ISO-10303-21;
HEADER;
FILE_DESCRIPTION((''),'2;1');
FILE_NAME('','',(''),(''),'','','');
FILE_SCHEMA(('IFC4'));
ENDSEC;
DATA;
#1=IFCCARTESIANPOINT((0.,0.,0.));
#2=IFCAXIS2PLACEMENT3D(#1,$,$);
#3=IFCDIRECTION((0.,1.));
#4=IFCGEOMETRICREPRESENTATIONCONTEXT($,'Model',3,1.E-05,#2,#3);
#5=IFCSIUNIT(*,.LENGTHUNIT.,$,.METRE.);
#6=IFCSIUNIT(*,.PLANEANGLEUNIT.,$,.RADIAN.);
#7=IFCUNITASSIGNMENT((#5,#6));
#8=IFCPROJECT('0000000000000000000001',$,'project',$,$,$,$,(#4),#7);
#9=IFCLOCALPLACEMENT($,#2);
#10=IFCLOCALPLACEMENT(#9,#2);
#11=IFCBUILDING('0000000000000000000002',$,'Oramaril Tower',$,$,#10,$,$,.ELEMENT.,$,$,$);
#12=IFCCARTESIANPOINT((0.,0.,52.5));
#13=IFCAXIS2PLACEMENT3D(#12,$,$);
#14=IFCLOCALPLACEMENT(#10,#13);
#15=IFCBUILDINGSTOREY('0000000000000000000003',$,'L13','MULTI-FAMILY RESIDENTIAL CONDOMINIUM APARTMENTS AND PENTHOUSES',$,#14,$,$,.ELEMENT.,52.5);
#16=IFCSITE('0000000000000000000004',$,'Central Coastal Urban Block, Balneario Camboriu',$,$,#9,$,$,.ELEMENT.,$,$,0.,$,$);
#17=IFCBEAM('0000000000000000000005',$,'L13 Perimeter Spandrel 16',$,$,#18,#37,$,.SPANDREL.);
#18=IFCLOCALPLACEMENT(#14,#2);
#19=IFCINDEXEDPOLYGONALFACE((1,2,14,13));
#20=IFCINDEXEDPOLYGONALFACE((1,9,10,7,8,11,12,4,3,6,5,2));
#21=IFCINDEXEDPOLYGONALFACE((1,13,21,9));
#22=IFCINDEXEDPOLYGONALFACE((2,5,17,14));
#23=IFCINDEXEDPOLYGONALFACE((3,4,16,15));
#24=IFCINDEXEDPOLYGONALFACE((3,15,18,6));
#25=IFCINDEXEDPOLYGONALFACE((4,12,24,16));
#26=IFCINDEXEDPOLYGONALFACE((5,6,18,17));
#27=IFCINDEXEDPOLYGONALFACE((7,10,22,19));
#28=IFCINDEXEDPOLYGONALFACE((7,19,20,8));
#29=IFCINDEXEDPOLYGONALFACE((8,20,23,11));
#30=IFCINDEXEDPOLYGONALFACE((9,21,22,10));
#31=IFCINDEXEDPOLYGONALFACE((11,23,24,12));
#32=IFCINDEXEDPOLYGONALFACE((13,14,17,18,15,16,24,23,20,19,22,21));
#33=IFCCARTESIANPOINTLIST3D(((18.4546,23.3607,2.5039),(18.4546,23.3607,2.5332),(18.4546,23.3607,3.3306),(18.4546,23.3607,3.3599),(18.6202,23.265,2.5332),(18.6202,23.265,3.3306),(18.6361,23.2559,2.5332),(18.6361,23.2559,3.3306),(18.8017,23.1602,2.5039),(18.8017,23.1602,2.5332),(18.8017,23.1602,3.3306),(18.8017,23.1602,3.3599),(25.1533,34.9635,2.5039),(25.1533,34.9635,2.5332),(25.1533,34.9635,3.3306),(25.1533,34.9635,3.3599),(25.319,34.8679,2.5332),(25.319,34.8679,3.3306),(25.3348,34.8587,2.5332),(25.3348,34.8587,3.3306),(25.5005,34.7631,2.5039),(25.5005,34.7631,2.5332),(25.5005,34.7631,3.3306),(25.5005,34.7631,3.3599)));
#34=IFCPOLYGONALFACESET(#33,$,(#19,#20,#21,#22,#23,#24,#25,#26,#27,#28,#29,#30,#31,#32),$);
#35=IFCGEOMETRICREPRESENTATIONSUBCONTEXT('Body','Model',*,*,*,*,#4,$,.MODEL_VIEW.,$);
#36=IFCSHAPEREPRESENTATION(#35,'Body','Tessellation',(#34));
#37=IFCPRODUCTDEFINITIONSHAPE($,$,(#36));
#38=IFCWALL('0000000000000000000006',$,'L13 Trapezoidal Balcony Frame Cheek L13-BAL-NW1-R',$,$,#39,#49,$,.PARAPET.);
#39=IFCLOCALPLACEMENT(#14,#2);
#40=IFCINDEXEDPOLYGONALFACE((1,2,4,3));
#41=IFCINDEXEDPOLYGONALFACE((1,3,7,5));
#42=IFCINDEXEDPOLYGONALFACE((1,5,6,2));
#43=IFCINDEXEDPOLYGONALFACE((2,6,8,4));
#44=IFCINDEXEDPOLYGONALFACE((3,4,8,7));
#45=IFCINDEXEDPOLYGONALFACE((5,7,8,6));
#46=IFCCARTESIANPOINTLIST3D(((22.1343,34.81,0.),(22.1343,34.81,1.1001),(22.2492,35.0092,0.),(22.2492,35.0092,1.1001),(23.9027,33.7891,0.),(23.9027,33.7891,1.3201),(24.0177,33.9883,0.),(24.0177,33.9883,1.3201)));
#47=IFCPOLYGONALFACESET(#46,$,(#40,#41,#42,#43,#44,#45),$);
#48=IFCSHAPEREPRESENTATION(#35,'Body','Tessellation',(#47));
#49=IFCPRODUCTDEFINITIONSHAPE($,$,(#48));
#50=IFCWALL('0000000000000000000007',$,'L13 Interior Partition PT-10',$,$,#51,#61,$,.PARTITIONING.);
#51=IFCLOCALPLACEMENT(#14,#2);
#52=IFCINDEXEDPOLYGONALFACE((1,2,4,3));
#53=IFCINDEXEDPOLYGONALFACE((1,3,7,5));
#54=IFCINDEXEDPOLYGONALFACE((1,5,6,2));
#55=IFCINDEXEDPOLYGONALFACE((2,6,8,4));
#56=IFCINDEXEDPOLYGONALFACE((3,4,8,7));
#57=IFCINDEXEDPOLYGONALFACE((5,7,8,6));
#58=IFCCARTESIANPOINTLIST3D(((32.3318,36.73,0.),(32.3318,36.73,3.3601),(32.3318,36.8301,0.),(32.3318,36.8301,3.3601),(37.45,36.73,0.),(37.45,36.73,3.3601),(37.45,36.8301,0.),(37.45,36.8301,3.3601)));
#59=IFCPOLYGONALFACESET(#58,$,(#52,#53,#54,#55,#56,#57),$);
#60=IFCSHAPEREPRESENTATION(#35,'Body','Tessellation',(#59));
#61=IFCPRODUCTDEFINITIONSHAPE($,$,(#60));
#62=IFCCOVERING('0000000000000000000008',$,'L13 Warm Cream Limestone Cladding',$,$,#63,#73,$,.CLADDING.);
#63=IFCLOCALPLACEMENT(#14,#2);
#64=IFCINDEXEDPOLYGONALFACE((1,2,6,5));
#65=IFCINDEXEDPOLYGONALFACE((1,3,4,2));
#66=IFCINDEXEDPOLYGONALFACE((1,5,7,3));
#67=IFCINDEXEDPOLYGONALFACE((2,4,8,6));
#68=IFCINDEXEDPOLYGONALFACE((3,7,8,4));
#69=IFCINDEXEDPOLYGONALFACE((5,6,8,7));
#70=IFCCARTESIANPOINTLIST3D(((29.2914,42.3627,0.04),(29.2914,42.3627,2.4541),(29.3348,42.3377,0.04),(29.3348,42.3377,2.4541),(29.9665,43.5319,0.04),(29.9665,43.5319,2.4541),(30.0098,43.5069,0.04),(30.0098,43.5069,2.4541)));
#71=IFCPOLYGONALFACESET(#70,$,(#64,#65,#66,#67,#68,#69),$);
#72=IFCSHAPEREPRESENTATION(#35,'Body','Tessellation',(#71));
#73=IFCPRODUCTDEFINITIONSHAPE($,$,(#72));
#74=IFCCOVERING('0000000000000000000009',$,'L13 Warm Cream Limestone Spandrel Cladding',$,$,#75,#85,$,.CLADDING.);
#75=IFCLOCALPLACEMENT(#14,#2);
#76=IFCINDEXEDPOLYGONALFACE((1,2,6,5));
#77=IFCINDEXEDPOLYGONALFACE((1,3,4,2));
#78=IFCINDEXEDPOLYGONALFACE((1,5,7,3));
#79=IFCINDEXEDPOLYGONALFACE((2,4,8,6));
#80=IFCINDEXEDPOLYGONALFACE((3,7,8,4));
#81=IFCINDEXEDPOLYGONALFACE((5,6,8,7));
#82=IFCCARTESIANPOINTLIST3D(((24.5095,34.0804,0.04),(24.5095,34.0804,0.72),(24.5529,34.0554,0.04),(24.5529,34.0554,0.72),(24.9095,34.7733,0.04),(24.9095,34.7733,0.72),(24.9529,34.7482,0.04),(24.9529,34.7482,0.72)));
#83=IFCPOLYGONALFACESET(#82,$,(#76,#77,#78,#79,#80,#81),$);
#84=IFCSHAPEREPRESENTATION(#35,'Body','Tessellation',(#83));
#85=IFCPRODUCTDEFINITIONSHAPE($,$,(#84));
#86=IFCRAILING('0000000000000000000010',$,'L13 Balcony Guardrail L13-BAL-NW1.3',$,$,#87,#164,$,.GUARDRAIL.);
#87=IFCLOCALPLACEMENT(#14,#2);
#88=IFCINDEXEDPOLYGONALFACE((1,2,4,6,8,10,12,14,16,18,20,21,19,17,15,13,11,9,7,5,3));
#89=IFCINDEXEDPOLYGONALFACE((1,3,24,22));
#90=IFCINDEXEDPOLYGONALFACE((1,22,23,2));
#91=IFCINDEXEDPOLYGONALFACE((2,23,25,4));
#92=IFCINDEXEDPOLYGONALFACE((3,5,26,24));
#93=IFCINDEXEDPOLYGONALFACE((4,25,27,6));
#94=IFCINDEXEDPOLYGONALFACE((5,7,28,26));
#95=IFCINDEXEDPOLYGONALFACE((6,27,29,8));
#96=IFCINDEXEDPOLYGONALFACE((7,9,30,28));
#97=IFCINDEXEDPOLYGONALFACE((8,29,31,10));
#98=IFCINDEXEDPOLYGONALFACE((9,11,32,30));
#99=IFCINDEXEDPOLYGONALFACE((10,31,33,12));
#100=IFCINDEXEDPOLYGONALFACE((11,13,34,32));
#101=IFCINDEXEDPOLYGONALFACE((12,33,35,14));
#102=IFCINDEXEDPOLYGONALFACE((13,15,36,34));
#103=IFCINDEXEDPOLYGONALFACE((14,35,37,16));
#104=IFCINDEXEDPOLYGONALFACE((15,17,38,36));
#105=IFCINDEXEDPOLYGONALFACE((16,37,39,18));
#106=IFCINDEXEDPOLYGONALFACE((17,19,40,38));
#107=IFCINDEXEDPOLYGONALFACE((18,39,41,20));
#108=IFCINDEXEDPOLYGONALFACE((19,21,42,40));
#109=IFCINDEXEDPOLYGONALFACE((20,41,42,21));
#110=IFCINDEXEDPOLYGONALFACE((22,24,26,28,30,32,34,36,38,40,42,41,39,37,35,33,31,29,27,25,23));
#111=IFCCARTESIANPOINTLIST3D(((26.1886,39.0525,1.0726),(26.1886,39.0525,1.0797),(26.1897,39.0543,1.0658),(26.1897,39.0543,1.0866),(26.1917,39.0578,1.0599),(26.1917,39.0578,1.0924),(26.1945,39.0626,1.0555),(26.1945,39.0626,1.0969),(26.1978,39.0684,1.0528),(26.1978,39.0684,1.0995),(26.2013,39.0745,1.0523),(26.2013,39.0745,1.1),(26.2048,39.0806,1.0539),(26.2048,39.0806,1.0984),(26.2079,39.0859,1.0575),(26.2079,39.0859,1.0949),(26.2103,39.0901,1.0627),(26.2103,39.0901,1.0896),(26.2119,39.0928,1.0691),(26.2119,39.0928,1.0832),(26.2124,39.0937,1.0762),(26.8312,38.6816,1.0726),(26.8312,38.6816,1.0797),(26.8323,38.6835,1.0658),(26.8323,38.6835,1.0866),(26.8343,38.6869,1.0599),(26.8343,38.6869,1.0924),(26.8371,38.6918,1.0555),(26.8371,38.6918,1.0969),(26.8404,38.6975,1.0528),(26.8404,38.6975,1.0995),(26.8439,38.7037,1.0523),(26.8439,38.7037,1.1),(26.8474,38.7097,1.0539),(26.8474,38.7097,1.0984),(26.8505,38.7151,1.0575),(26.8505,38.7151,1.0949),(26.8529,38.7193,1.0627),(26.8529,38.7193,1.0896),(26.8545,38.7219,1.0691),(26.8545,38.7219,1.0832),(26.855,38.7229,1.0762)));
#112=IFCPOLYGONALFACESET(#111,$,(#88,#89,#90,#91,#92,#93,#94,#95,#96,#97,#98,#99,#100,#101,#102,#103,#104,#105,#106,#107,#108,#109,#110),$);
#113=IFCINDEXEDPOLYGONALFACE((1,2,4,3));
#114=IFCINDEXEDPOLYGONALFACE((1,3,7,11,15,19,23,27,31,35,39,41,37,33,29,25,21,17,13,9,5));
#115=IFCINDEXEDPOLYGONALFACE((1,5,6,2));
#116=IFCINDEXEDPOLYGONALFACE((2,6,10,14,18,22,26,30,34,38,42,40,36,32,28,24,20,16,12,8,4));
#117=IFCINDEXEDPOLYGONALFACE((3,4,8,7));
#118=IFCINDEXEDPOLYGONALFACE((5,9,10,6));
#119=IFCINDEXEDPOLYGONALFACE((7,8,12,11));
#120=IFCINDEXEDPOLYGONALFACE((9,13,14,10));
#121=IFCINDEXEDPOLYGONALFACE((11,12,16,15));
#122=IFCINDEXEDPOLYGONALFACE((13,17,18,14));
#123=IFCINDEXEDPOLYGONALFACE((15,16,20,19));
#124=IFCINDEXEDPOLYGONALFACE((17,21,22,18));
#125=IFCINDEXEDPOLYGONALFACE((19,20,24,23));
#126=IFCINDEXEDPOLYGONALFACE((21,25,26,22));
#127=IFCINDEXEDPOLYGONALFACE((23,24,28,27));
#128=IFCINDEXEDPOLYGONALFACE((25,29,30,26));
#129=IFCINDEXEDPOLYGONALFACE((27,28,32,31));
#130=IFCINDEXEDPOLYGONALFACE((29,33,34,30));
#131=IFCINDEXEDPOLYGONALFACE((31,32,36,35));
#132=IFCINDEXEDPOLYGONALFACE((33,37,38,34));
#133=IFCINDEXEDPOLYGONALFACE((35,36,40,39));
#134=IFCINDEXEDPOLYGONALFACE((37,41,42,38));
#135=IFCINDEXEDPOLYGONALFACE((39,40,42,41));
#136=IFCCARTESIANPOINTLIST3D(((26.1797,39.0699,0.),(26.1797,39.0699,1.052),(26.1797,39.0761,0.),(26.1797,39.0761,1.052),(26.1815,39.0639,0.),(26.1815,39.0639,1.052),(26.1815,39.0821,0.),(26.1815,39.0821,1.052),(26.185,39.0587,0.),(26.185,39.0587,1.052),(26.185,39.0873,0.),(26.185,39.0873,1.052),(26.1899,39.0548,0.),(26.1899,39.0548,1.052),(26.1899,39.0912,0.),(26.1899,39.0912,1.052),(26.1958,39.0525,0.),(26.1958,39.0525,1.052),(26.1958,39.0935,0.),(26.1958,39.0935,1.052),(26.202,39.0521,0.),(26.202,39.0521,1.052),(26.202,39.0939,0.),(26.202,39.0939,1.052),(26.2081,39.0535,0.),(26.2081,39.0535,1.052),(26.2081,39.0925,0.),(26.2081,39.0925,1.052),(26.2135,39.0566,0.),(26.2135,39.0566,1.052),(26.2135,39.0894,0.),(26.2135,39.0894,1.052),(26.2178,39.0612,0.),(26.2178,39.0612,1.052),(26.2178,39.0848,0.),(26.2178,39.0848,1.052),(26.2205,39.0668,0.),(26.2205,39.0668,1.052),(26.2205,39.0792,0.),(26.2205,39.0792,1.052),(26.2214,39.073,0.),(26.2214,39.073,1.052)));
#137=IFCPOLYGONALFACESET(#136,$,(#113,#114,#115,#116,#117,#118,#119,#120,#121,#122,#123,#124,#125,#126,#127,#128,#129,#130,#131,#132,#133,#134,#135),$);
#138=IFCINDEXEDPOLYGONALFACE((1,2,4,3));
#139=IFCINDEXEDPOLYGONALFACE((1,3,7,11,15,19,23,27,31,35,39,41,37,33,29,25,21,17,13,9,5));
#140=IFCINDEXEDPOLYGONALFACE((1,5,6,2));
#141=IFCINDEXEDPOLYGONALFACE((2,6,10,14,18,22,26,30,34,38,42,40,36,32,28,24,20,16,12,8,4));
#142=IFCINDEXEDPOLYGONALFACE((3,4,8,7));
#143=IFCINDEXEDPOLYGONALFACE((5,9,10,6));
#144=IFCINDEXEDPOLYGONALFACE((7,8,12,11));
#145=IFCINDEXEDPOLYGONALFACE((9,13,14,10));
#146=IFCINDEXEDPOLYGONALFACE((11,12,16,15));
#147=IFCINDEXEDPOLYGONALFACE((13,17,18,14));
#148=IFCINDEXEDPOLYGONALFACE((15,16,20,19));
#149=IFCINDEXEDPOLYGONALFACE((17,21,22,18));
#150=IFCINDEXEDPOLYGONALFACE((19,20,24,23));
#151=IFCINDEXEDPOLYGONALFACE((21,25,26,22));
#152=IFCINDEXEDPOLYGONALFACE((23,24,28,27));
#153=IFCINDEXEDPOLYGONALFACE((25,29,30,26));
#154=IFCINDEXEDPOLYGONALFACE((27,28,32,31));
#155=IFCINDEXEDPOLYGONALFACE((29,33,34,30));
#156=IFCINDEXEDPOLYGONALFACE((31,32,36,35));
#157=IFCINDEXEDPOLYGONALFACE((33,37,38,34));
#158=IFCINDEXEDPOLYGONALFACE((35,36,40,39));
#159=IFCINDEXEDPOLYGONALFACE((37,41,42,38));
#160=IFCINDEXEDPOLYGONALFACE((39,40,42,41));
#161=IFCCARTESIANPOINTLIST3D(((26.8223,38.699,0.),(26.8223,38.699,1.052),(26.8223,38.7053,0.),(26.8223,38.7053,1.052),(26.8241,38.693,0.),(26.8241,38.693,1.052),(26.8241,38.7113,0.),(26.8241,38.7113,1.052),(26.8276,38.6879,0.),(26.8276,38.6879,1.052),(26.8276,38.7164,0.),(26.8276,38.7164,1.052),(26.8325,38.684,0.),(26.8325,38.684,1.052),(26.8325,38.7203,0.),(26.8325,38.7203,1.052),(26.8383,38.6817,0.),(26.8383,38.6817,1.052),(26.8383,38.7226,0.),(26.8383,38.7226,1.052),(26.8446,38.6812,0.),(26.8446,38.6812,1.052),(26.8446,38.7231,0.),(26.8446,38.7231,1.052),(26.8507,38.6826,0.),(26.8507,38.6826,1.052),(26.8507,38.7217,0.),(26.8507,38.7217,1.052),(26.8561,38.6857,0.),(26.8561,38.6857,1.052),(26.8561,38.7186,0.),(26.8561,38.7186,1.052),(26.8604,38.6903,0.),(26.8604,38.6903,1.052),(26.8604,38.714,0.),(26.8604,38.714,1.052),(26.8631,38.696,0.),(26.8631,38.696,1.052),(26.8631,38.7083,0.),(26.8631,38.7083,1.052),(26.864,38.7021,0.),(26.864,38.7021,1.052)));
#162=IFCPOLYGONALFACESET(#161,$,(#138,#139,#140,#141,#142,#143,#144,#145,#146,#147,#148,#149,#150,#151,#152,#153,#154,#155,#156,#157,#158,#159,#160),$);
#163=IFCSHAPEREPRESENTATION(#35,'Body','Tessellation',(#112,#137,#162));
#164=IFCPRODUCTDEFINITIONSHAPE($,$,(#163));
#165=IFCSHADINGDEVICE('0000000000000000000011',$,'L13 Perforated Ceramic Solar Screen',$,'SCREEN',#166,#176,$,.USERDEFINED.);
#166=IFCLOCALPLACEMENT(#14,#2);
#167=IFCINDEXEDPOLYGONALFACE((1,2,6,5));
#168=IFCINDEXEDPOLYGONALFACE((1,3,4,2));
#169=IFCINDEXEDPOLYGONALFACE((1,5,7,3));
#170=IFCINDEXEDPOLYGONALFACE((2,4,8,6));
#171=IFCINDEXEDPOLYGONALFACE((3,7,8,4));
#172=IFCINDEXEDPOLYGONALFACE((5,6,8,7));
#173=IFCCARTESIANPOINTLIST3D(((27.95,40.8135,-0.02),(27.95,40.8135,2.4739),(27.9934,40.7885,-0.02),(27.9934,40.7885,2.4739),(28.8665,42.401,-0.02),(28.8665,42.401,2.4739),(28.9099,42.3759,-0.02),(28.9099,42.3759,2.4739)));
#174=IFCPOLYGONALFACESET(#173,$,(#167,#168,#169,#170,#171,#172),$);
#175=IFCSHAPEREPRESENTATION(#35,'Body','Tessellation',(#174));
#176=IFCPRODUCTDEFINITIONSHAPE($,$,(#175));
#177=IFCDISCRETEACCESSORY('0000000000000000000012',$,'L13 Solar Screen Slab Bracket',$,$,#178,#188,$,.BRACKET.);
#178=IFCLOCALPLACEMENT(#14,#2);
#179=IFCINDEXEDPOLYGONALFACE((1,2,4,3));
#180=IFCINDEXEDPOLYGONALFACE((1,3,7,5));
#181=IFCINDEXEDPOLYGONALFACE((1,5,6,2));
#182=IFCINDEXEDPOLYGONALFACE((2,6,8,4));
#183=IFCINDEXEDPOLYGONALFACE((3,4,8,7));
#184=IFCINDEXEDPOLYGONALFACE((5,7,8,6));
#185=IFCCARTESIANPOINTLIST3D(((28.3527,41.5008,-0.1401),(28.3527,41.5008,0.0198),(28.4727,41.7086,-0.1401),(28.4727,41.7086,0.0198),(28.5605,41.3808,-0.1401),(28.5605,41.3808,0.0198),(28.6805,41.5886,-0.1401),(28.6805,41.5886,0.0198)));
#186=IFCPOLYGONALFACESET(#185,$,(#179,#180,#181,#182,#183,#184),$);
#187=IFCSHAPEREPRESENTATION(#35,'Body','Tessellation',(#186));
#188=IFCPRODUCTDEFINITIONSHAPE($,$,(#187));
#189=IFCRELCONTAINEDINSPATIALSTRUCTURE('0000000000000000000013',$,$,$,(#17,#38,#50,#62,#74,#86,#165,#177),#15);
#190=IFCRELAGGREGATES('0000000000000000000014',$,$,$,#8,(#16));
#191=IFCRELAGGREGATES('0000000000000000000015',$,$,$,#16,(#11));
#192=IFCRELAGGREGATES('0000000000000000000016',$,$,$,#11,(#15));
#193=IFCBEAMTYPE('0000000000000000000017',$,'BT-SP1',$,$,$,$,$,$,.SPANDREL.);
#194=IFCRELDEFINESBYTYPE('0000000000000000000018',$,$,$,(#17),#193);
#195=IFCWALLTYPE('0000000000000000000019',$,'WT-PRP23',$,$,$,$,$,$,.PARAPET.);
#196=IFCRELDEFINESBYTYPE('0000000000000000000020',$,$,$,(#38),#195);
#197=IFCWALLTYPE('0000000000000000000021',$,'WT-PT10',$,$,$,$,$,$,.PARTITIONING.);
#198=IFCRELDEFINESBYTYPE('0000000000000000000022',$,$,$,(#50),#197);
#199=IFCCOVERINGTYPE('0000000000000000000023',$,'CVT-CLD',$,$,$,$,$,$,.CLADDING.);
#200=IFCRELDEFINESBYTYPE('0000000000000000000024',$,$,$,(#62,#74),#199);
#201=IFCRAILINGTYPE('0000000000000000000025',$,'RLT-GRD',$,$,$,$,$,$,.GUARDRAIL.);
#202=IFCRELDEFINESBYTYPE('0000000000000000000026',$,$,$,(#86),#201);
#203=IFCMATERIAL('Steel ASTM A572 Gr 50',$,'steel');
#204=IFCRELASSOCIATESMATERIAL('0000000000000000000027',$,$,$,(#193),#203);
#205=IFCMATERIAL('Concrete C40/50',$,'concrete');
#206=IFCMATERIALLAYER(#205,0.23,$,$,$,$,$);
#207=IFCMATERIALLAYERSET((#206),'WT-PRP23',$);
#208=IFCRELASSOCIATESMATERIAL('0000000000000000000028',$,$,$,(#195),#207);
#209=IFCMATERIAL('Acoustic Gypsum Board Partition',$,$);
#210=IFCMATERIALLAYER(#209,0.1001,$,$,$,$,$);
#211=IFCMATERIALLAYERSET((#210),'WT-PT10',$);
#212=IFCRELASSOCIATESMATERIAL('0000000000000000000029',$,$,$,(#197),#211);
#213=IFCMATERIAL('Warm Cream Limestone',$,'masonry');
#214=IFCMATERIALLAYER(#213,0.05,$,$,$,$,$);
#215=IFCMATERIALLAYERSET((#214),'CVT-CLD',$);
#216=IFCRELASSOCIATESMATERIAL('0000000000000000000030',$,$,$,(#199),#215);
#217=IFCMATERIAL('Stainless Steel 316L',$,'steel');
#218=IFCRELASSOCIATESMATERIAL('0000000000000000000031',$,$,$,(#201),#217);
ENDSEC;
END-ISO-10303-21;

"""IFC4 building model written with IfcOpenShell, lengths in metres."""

from ifc_helpers import new_model, si_unit, direction, frame, frame_2d, origin, origin_2d, place, context, subcontext, project, spatial, polyline, rectangle, circle, i_section, outline, extrude, material, layer, layer_set, material_profile, profile_set, type_object, element, save


model = new_model("IFC4")

# Units and contexts
model_context = context("Model", 3, precision=1e-05, world=origin(), true_north=direction((0.0, 1.0)))
body_context = subcontext(model_context, "Body", "Model", "MODEL_VIEW")
ifc_project = project(units=[si_unit("LENGTHUNIT", "METRE"), si_unit("PLANEANGLEUNIT", "RADIAN")], contexts=[model_context])

# Site, building, storey
site_placement = place(None, origin())
site = spatial("IfcSite", under=ifc_project, at=site_placement, Name="Central Coastal Urban Block, Balneario Camboriu", CompositionType="ELEMENT", RefElevation=0.0)
building_placement = place(site_placement, origin())
building = spatial("IfcBuilding", under=site, at=building_placement, Name="Oramaril Tower", CompositionType="ELEMENT")
storey_placement = place(building_placement, frame((0.0, 0.0, 52.5)))
storey = spatial("IfcBuildingStorey", under=building, at=storey_placement, Name="L13", Description="MULTI-FAMILY RESIDENTIAL CONDOMINIUM APARTMENTS AND PENTHOUSES", CompositionType="ELEMENT", Elevation=52.5)

# Beam
ifc_material_1 = material(Name="Steel ASTM A572 Gr 50", Category="steel")
ifc_material_profile_1 = material_profile(ifc_material_1, i_section(OverallWidth=0.4009, OverallDepth=0.856, WebThickness=0.0183, FlangeThickness=0.0293, at=origin_2d()), Name="W33X201")
ifc_profile_set_1 = profile_set([ifc_material_profile_1], Name="Steel ASTM A572 Gr 50")
beam_type_1 = type_object("IfcBeamType", Name="BT-SP1", PredefinedType="SPANDREL", material=ifc_profile_set_1)
beam_1_placement = place(storey_placement, frame((25.3269, 34.8633, 2.9319), z_axis=(-0.499992, -0.86603, 0.0), x_axis=(0.86603, -0.499992, 0.0)))
element("IfcBeam", 1, at=beam_1_placement, inside=storey, type_object=beam_type_1, Name="L13 Perimeter Spandrel 16", PredefinedType="SPANDREL", context=body_context, shape_type="SweptSolid", body=[
    extrude(i_section(OverallWidth=0.4009, OverallDepth=0.856, WebThickness=0.0183, FlangeThickness=0.0293, at=origin_2d()), origin(), (0.0, 0.0, 1.0), 13.3977),
])

# Walls
ifc_material_2 = material(Name="Concrete C40/50", Category="concrete")
ifc_layer_1 = layer(ifc_material_2, 0.23)
ifc_layer_set_1 = layer_set([ifc_layer_1], Name="WT-PRP23")
wall_type_1 = type_object("IfcWallType", Name="WT-PRP23", PredefinedType="PARAPET", material=ifc_layer_set_1)
wall_1_placement = place(storey_placement, frame((23.9602, 33.8887, 0.0), z_axis=(0.0, 0.0, 1.0), x_axis=(-0.866042, 0.499971, 0.0)))
element("IfcWall", 2, at=wall_1_placement, inside=storey, type_object=wall_type_1, Name="L13 Trapezoidal Balcony Frame Cheek L13-BAL-NW1-R", PredefinedType="PARAPET", context=body_context, shape_type="SweptSolid", body=[
    extrude(outline(polyline([(0.0, 0.0), (2.042, 0.0), (2.042, 1.1001), (0.0, 1.3201), (0.0, 0.0)])), frame((0.0, 0.115, 0.0), z_axis=(0.0, -1.0, 0.0), x_axis=(1.0, 0.0, 0.0)), (0.0, 0.0, 1.0), 0.23),
])
ifc_material_3 = material(Name="Acoustic Gypsum Board Partition")
ifc_layer_2 = layer(ifc_material_3, 0.1001)
ifc_layer_set_2 = layer_set([ifc_layer_2], Name="WT-PT10")
wall_type_2 = type_object("IfcWallType", Name="WT-PT10", PredefinedType="PARTITIONING", material=ifc_layer_set_2)
wall_2_placement = place(storey_placement, frame((32.3318, 36.78, 0.0), z_axis=(0.0, 0.0, 1.0), x_axis=(1.0, 0.0, 0.0)))
element("IfcWall", 3, at=wall_2_placement, inside=storey, type_object=wall_type_2, Name="L13 Interior Partition PT-10", PredefinedType="PARTITIONING", context=body_context, shape_type="SweptSolid", body=[
    extrude(rectangle(XDim=5.1182, YDim=0.1001, at=frame_2d((2.5591, 0.0))), origin(), (0.0, 0.0, 1.0), 3.3601),
])

# Coverings
ifc_material_4 = material(Name="Warm Cream Limestone", Category="masonry")
ifc_layer_3 = layer(ifc_material_4, 0.05)
ifc_layer_set_3 = layer_set([ifc_layer_3], Name="CVT-CLD")
covering_type = type_object("IfcCoveringType", Name="CVT-CLD", PredefinedType="CLADDING", material=ifc_layer_set_3)
covering_1_placement = place(storey_placement, frame((29.6506, 42.9348, 0.04), z_axis=(0.0, 0.0, 1.0), x_axis=(-0.5, -0.866025, 0.0)))
element("IfcCovering", 4, at=covering_1_placement, inside=storey, type_object=covering_type, Name="L13 Warm Cream Limestone Cladding", PredefinedType="CLADDING", context=body_context, shape_type="SweptSolid", body=[
    extrude(rectangle(XDim=1.3501, YDim=0.05, at=origin_2d()), origin(), (0.0, 0.0, 1.0), 2.4141),
])
covering_2_placement = place(storey_placement, frame((24.7312, 34.4143, 0.04), z_axis=(0.0, 0.0, 1.0), x_axis=(-0.5, -0.866025, 0.0)))
element("IfcCovering", 5, at=covering_2_placement, inside=storey, type_object=covering_type, Name="L13 Warm Cream Limestone Spandrel Cladding", PredefinedType="CLADDING", context=body_context, shape_type="SweptSolid", body=[
    extrude(rectangle(XDim=0.8, YDim=0.05, at=origin_2d()), origin(), (0.0, 0.0, 1.0), 0.6799),
])

# Railing
ifc_material_5 = material(Name="Stainless Steel 316L", Category="steel")
railing_type = type_object("IfcRailingType", Name="RLT-GRD", PredefinedType="GUARDRAIL", material=ifc_material_5)
railing_1_placement = place(storey_placement, frame((26.2004, 39.073, 0.0)))
element("IfcRailing", 6, at=railing_1_placement, inside=storey, type_object=railing_type, Name="L13 Balcony Guardrail L13-BAL-NW1.3", PredefinedType="GUARDRAIL", context=body_context, shape_type="SweptSolid", body=[
    extrude(circle(Radius=0.0239, at=origin_2d()), frame((0.0, 0.0, 1.0762), z_axis=(0.866109, -0.499855, 0.0), x_axis=(0.499855, 0.866109, 0.0)), (0.0, 0.0, 1.0), 0.7419),
    extrude(circle(Radius=0.021, at=origin_2d()), origin(), (0.0, 0.0, 1.0), 1.052),
    extrude(circle(Radius=0.021, at=origin_2d()), frame((0.6426, -0.3708, 0.0)), (0.0, 0.0, 1.0), 1.052),
])

# Shading device
shading_device_placement = place(storey_placement, frame((28.4299, 41.5947, -0.02), z_axis=(0.0, 0.0, 1.0), x_axis=(-0.5, -0.866025, 0.0)))
element("IfcShadingDevice", 7, at=shading_device_placement, inside=storey, Name="L13 Perforated Ceramic Solar Screen", ObjectType="SCREEN", PredefinedType="USERDEFINED", context=body_context, shape_type="SweptSolid", body=[
    extrude(rectangle(XDim=1.833, YDim=0.05, at=origin_2d()), origin(), (0.0, 0.0, 1.0), 2.4939),
])

# Discrete accessory
discrete_accessory_placement = place(storey_placement, frame((28.5166, 41.5447, -0.1401), z_axis=(0.0, 0.0, 1.0), x_axis=(-0.5, -0.866025, 0.0)))
element("IfcDiscreteAccessory", 8, at=discrete_accessory_placement, inside=storey, Name="L13 Solar Screen Slab Bracket", PredefinedType="BRACKET", context=body_context, shape_type="SweptSolid", body=[
    extrude(rectangle(XDim=0.24, YDim=0.24, at=origin_2d()), origin(), (0.0, 0.0, 1.0), 0.1599),
])

save(model, "model.ifc")
